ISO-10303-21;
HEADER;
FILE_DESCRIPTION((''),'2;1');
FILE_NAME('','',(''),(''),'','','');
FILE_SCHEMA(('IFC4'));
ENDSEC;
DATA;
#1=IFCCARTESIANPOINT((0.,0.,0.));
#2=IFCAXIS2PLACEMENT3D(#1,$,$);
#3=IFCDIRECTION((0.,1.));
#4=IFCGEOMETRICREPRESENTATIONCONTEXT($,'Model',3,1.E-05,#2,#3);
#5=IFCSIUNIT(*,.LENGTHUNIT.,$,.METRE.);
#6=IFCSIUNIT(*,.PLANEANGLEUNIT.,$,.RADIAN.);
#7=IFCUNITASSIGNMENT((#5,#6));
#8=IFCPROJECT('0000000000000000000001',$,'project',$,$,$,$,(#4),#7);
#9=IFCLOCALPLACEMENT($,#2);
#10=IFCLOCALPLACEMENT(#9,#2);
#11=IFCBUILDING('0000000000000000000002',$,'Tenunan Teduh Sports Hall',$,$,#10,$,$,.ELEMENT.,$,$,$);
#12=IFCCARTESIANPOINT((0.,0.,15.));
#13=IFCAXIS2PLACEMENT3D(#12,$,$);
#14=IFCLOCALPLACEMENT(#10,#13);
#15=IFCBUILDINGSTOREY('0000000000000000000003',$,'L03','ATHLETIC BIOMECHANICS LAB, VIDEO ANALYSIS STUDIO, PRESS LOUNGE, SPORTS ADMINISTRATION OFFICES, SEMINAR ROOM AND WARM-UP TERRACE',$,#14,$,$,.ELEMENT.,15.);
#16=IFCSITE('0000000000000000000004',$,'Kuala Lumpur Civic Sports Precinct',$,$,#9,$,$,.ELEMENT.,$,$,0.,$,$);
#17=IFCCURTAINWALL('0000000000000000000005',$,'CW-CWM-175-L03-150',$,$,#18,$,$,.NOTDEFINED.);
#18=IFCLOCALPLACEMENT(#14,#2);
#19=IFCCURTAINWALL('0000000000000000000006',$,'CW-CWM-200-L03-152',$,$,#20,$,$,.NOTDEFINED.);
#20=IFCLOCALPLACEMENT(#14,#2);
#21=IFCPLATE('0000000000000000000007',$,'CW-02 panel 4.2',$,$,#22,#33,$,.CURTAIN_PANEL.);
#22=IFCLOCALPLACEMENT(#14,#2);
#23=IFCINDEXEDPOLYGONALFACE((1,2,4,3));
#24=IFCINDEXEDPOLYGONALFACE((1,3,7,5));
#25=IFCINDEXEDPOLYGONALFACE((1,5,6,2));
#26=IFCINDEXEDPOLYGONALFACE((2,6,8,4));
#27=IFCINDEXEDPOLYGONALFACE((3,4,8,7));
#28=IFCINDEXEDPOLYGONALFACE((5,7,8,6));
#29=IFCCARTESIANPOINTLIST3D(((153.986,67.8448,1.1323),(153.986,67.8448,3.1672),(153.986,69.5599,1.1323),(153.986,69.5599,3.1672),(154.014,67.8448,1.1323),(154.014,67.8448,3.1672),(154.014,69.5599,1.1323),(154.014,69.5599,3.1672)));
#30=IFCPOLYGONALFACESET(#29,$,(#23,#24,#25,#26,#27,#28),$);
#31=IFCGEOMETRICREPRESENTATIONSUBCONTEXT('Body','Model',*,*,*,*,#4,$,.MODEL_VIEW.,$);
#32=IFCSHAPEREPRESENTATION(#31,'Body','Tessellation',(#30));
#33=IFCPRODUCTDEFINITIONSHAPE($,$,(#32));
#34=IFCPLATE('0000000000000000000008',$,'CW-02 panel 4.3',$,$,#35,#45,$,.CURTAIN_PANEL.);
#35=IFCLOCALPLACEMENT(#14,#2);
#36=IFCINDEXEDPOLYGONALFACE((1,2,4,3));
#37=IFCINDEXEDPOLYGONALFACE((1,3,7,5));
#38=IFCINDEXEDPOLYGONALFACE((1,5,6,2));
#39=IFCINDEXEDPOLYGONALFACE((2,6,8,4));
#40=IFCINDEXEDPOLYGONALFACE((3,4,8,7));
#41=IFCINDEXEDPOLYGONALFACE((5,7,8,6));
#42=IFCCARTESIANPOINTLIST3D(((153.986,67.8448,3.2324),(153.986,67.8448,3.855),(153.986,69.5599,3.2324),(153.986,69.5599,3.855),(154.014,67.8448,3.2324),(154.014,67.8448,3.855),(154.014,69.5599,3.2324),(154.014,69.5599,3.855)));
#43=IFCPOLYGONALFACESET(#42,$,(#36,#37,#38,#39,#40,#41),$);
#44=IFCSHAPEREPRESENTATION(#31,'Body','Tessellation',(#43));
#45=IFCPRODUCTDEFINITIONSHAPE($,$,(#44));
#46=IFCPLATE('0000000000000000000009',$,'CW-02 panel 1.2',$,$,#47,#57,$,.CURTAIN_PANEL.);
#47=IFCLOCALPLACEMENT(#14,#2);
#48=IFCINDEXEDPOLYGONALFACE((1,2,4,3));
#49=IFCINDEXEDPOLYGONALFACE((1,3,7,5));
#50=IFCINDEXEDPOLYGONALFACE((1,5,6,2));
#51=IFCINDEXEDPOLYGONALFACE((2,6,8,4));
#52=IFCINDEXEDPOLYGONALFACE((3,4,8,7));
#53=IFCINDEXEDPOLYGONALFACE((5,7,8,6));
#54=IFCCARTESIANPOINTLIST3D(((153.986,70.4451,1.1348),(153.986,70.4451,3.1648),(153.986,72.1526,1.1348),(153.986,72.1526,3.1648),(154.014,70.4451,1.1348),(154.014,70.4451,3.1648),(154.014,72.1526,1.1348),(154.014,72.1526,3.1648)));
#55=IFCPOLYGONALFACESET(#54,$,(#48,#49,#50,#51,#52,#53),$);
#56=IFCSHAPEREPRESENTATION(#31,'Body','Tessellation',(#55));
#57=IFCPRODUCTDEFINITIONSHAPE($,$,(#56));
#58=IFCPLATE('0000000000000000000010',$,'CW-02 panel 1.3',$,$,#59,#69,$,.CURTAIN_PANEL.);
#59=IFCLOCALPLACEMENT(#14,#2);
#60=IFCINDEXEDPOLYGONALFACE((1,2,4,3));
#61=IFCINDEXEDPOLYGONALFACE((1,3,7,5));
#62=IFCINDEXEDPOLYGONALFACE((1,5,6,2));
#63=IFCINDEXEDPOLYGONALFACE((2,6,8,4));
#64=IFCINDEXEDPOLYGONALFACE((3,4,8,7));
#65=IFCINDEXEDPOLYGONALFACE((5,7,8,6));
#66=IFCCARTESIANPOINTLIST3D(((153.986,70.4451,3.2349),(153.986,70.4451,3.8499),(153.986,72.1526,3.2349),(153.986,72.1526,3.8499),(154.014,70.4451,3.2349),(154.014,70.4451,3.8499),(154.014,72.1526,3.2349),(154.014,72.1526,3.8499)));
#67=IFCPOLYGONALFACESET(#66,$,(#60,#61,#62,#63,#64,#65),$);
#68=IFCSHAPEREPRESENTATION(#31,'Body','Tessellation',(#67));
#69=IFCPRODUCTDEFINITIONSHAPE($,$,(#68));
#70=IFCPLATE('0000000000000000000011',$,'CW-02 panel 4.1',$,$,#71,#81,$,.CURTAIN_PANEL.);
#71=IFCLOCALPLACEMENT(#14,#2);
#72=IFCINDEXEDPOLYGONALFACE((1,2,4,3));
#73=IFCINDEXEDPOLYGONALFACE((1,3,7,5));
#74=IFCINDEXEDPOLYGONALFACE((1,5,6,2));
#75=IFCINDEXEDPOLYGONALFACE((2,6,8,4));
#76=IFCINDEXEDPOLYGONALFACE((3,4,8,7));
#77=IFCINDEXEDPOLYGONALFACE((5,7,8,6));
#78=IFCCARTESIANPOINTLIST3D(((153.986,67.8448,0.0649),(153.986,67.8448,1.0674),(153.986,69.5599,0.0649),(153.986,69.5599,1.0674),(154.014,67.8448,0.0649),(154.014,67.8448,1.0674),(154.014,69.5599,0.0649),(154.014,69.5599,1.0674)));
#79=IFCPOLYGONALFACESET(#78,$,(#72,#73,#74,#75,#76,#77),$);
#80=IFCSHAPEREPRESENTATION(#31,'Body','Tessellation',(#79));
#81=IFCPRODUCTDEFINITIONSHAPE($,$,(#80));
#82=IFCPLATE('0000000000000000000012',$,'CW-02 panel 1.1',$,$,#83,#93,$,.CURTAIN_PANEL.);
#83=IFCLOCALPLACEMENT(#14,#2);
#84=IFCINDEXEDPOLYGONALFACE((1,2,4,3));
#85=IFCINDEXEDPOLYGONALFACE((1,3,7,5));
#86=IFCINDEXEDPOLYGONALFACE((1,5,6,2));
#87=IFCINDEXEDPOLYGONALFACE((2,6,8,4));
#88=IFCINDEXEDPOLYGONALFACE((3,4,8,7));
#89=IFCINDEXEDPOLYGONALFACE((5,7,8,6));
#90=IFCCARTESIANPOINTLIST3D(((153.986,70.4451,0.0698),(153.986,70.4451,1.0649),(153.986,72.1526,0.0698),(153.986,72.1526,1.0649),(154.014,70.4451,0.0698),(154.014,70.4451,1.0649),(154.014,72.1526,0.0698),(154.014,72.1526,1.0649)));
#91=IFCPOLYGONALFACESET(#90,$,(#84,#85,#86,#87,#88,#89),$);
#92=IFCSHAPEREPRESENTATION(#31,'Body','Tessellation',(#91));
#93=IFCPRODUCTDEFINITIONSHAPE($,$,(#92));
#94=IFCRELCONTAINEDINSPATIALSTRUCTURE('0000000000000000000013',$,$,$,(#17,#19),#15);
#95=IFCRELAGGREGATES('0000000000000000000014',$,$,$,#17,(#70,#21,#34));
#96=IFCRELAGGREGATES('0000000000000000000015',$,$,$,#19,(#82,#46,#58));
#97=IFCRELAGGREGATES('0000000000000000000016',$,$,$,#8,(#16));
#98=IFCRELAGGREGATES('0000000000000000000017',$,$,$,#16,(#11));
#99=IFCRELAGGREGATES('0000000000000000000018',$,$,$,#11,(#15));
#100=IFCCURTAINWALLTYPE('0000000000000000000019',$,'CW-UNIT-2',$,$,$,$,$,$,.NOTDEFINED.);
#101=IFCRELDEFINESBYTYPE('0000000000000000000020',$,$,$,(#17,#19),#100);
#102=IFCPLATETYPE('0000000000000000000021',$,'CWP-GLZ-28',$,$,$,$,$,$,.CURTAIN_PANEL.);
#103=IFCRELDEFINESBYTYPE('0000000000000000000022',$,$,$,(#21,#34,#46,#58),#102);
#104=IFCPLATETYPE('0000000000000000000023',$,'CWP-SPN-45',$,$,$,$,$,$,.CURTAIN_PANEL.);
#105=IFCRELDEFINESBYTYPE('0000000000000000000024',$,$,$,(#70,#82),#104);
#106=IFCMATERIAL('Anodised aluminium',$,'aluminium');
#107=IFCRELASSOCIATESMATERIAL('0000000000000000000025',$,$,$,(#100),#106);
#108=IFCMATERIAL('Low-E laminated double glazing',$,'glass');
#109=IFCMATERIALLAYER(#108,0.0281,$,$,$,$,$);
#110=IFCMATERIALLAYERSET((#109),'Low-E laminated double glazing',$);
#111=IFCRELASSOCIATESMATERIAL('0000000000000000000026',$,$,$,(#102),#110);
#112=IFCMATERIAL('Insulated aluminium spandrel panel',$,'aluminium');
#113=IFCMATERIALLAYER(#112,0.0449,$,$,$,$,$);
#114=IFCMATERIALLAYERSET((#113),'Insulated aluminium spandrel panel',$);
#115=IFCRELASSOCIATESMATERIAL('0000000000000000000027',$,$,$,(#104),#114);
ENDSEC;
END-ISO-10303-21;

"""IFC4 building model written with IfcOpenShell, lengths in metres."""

from ifc_helpers import new_model, si_unit, direction, frame, origin, origin_2d, place, context, subcontext, project, spatial, rectangle, extrude, material, layer, layer_set, type_object, element, aggregate, save


model = new_model("IFC4")

# Units and contexts
model_context = context("Model", 3, precision=1e-05, world=origin(), true_north=direction((0.0, 1.0)))
body_context = subcontext(model_context, "Body", "Model", "MODEL_VIEW")
ifc_project = project(units=[si_unit("LENGTHUNIT", "METRE"), si_unit("PLANEANGLEUNIT", "RADIAN")], contexts=[model_context])

# Site, building, storey
site_placement = place(None, origin())
site = spatial("IfcSite", under=ifc_project, at=site_placement, Name="Kuala Lumpur Civic Sports Precinct", CompositionType="ELEMENT", RefElevation=0.0)
building_placement = place(site_placement, origin())
building = spatial("IfcBuilding", under=site, at=building_placement, Name="Tenunan Teduh Sports Hall", CompositionType="ELEMENT")
storey_placement = place(building_placement, frame((0.0, 0.0, 15.0)))
storey = spatial("IfcBuildingStorey", under=building, at=storey_placement, Name="L03", Description="ATHLETIC BIOMECHANICS LAB, VIDEO ANALYSIS STUDIO, PRESS LOUNGE, SPORTS ADMINISTRATION OFFICES, SEMINAR ROOM AND WARM-UP TERRACE", CompositionType="ELEMENT", Elevation=15.0)

# Curtain wall
ifc_material_1 = material(Name="Anodised aluminium", Category="aluminium")
curtain_wall_type = type_object("IfcCurtainWallType", Name="CW-UNIT-2", PredefinedType="NOTDEFINED", material=ifc_material_1)
curtain_wall_1_placement = place(storey_placement, origin())
curtain_wall_1 = element("IfcCurtainWall", 1, at=curtain_wall_1_placement, inside=storey, type_object=curtain_wall_type, Name="CW-CWM-175-L03-150", PredefinedType="NOTDEFINED")

# Curtain wall
curtain_wall_2_placement = place(storey_placement, origin())
curtain_wall_2 = element("IfcCurtainWall", 2, at=curtain_wall_2_placement, inside=storey, type_object=curtain_wall_type, Name="CW-CWM-200-L03-152", PredefinedType="NOTDEFINED")

# Plates
ifc_material_2 = material(Name="Low-E laminated double glazing", Category="glass")
ifc_layer_1 = layer(ifc_material_2, 0.0281)
ifc_layer_set_1 = layer_set([ifc_layer_1], Name="Low-E laminated double glazing")
plate_type_1 = type_object("IfcPlateType", Name="CWP-GLZ-28", PredefinedType="CURTAIN_PANEL", material=ifc_layer_set_1)
plate_1_placement = place(storey_placement, frame((154.0, 68.7024, 1.1323), z_axis=(0.0, 0.0, 1.0), x_axis=(0.0, 1.0, 0.0)))
plate_1 = element("IfcPlate", 3, at=plate_1_placement, type_object=plate_type_1, Name="CW-02 panel 4.2", PredefinedType="CURTAIN_PANEL", context=body_context, shape_type="SweptSolid", body=[
    extrude(rectangle(XDim=1.7151, YDim=0.0281, at=origin_2d()), origin(), (0.0, 0.0, 1.0), 2.0349),
])
plate_2_placement = place(storey_placement, frame((154.0, 68.7024, 3.2324), z_axis=(0.0, 0.0, 1.0), x_axis=(0.0, 1.0, 0.0)))
plate_2 = element("IfcPlate", 4, at=plate_2_placement, type_object=plate_type_1, Name="CW-02 panel 4.3", PredefinedType="CURTAIN_PANEL", context=body_context, shape_type="SweptSolid", body=[
    extrude(rectangle(XDim=1.7151, YDim=0.0281, at=origin_2d()), origin(), (0.0, 0.0, 1.0), 0.6226),
])
plate_3_placement = place(storey_placement, frame((154.0, 71.2988, 1.1348), z_axis=(0.0, 0.0, 1.0), x_axis=(0.0, 1.0, 0.0)))
plate_3 = element("IfcPlate", 5, at=plate_3_placement, type_object=plate_type_1, Name="CW-02 panel 1.2", PredefinedType="CURTAIN_PANEL", context=body_context, shape_type="SweptSolid", body=[
    extrude(rectangle(XDim=1.7075, YDim=0.0281, at=origin_2d()), origin(), (0.0, 0.0, 1.0), 2.03),
])
plate_4_placement = place(storey_placement, frame((154.0, 71.2988, 3.2349), z_axis=(0.0, 0.0, 1.0), x_axis=(0.0, 1.0, 0.0)))
plate_4 = element("IfcPlate", 6, at=plate_4_placement, type_object=plate_type_1, Name="CW-02 panel 1.3", PredefinedType="CURTAIN_PANEL", context=body_context, shape_type="SweptSolid", body=[
    extrude(rectangle(XDim=1.7075, YDim=0.0281, at=origin_2d()), origin(), (0.0, 0.0, 1.0), 0.615),
])
ifc_material_3 = material(Name="Insulated aluminium spandrel panel", Category="aluminium")
ifc_layer_2 = layer(ifc_material_3, 0.0449)
ifc_layer_set_2 = layer_set([ifc_layer_2], Name="Insulated aluminium spandrel panel")
plate_type_2 = type_object("IfcPlateType", Name="CWP-SPN-45", PredefinedType="CURTAIN_PANEL", material=ifc_layer_set_2)
plate_5_placement = place(storey_placement, frame((154.0, 68.7024, 0.0649), z_axis=(0.0, 0.0, 1.0), x_axis=(0.0, 1.0, 0.0)))
plate_5 = element("IfcPlate", 7, at=plate_5_placement, type_object=plate_type_2, Name="CW-02 panel 4.1", PredefinedType="CURTAIN_PANEL", context=body_context, shape_type="SweptSolid", body=[
    extrude(rectangle(XDim=1.7151, YDim=0.0281, at=origin_2d()), origin(), (0.0, 0.0, 1.0), 1.0024),
])
aggregate(curtain_wall_1, [plate_5, plate_1, plate_2])
plate_6_placement = place(storey_placement, frame((154.0, 71.2988, 0.0698), z_axis=(0.0, 0.0, 1.0), x_axis=(0.0, 1.0, 0.0)))
plate_6 = element("IfcPlate", 8, at=plate_6_placement, type_object=plate_type_2, Name="CW-02 panel 1.1", PredefinedType="CURTAIN_PANEL", context=body_context, shape_type="SweptSolid", body=[
    extrude(rectangle(XDim=1.7075, YDim=0.0281, at=origin_2d()), origin(), (0.0, 0.0, 1.0), 0.9951),
])
aggregate(curtain_wall_2, [plate_6, plate_3, plate_4])

save(model, "model.ifc")
